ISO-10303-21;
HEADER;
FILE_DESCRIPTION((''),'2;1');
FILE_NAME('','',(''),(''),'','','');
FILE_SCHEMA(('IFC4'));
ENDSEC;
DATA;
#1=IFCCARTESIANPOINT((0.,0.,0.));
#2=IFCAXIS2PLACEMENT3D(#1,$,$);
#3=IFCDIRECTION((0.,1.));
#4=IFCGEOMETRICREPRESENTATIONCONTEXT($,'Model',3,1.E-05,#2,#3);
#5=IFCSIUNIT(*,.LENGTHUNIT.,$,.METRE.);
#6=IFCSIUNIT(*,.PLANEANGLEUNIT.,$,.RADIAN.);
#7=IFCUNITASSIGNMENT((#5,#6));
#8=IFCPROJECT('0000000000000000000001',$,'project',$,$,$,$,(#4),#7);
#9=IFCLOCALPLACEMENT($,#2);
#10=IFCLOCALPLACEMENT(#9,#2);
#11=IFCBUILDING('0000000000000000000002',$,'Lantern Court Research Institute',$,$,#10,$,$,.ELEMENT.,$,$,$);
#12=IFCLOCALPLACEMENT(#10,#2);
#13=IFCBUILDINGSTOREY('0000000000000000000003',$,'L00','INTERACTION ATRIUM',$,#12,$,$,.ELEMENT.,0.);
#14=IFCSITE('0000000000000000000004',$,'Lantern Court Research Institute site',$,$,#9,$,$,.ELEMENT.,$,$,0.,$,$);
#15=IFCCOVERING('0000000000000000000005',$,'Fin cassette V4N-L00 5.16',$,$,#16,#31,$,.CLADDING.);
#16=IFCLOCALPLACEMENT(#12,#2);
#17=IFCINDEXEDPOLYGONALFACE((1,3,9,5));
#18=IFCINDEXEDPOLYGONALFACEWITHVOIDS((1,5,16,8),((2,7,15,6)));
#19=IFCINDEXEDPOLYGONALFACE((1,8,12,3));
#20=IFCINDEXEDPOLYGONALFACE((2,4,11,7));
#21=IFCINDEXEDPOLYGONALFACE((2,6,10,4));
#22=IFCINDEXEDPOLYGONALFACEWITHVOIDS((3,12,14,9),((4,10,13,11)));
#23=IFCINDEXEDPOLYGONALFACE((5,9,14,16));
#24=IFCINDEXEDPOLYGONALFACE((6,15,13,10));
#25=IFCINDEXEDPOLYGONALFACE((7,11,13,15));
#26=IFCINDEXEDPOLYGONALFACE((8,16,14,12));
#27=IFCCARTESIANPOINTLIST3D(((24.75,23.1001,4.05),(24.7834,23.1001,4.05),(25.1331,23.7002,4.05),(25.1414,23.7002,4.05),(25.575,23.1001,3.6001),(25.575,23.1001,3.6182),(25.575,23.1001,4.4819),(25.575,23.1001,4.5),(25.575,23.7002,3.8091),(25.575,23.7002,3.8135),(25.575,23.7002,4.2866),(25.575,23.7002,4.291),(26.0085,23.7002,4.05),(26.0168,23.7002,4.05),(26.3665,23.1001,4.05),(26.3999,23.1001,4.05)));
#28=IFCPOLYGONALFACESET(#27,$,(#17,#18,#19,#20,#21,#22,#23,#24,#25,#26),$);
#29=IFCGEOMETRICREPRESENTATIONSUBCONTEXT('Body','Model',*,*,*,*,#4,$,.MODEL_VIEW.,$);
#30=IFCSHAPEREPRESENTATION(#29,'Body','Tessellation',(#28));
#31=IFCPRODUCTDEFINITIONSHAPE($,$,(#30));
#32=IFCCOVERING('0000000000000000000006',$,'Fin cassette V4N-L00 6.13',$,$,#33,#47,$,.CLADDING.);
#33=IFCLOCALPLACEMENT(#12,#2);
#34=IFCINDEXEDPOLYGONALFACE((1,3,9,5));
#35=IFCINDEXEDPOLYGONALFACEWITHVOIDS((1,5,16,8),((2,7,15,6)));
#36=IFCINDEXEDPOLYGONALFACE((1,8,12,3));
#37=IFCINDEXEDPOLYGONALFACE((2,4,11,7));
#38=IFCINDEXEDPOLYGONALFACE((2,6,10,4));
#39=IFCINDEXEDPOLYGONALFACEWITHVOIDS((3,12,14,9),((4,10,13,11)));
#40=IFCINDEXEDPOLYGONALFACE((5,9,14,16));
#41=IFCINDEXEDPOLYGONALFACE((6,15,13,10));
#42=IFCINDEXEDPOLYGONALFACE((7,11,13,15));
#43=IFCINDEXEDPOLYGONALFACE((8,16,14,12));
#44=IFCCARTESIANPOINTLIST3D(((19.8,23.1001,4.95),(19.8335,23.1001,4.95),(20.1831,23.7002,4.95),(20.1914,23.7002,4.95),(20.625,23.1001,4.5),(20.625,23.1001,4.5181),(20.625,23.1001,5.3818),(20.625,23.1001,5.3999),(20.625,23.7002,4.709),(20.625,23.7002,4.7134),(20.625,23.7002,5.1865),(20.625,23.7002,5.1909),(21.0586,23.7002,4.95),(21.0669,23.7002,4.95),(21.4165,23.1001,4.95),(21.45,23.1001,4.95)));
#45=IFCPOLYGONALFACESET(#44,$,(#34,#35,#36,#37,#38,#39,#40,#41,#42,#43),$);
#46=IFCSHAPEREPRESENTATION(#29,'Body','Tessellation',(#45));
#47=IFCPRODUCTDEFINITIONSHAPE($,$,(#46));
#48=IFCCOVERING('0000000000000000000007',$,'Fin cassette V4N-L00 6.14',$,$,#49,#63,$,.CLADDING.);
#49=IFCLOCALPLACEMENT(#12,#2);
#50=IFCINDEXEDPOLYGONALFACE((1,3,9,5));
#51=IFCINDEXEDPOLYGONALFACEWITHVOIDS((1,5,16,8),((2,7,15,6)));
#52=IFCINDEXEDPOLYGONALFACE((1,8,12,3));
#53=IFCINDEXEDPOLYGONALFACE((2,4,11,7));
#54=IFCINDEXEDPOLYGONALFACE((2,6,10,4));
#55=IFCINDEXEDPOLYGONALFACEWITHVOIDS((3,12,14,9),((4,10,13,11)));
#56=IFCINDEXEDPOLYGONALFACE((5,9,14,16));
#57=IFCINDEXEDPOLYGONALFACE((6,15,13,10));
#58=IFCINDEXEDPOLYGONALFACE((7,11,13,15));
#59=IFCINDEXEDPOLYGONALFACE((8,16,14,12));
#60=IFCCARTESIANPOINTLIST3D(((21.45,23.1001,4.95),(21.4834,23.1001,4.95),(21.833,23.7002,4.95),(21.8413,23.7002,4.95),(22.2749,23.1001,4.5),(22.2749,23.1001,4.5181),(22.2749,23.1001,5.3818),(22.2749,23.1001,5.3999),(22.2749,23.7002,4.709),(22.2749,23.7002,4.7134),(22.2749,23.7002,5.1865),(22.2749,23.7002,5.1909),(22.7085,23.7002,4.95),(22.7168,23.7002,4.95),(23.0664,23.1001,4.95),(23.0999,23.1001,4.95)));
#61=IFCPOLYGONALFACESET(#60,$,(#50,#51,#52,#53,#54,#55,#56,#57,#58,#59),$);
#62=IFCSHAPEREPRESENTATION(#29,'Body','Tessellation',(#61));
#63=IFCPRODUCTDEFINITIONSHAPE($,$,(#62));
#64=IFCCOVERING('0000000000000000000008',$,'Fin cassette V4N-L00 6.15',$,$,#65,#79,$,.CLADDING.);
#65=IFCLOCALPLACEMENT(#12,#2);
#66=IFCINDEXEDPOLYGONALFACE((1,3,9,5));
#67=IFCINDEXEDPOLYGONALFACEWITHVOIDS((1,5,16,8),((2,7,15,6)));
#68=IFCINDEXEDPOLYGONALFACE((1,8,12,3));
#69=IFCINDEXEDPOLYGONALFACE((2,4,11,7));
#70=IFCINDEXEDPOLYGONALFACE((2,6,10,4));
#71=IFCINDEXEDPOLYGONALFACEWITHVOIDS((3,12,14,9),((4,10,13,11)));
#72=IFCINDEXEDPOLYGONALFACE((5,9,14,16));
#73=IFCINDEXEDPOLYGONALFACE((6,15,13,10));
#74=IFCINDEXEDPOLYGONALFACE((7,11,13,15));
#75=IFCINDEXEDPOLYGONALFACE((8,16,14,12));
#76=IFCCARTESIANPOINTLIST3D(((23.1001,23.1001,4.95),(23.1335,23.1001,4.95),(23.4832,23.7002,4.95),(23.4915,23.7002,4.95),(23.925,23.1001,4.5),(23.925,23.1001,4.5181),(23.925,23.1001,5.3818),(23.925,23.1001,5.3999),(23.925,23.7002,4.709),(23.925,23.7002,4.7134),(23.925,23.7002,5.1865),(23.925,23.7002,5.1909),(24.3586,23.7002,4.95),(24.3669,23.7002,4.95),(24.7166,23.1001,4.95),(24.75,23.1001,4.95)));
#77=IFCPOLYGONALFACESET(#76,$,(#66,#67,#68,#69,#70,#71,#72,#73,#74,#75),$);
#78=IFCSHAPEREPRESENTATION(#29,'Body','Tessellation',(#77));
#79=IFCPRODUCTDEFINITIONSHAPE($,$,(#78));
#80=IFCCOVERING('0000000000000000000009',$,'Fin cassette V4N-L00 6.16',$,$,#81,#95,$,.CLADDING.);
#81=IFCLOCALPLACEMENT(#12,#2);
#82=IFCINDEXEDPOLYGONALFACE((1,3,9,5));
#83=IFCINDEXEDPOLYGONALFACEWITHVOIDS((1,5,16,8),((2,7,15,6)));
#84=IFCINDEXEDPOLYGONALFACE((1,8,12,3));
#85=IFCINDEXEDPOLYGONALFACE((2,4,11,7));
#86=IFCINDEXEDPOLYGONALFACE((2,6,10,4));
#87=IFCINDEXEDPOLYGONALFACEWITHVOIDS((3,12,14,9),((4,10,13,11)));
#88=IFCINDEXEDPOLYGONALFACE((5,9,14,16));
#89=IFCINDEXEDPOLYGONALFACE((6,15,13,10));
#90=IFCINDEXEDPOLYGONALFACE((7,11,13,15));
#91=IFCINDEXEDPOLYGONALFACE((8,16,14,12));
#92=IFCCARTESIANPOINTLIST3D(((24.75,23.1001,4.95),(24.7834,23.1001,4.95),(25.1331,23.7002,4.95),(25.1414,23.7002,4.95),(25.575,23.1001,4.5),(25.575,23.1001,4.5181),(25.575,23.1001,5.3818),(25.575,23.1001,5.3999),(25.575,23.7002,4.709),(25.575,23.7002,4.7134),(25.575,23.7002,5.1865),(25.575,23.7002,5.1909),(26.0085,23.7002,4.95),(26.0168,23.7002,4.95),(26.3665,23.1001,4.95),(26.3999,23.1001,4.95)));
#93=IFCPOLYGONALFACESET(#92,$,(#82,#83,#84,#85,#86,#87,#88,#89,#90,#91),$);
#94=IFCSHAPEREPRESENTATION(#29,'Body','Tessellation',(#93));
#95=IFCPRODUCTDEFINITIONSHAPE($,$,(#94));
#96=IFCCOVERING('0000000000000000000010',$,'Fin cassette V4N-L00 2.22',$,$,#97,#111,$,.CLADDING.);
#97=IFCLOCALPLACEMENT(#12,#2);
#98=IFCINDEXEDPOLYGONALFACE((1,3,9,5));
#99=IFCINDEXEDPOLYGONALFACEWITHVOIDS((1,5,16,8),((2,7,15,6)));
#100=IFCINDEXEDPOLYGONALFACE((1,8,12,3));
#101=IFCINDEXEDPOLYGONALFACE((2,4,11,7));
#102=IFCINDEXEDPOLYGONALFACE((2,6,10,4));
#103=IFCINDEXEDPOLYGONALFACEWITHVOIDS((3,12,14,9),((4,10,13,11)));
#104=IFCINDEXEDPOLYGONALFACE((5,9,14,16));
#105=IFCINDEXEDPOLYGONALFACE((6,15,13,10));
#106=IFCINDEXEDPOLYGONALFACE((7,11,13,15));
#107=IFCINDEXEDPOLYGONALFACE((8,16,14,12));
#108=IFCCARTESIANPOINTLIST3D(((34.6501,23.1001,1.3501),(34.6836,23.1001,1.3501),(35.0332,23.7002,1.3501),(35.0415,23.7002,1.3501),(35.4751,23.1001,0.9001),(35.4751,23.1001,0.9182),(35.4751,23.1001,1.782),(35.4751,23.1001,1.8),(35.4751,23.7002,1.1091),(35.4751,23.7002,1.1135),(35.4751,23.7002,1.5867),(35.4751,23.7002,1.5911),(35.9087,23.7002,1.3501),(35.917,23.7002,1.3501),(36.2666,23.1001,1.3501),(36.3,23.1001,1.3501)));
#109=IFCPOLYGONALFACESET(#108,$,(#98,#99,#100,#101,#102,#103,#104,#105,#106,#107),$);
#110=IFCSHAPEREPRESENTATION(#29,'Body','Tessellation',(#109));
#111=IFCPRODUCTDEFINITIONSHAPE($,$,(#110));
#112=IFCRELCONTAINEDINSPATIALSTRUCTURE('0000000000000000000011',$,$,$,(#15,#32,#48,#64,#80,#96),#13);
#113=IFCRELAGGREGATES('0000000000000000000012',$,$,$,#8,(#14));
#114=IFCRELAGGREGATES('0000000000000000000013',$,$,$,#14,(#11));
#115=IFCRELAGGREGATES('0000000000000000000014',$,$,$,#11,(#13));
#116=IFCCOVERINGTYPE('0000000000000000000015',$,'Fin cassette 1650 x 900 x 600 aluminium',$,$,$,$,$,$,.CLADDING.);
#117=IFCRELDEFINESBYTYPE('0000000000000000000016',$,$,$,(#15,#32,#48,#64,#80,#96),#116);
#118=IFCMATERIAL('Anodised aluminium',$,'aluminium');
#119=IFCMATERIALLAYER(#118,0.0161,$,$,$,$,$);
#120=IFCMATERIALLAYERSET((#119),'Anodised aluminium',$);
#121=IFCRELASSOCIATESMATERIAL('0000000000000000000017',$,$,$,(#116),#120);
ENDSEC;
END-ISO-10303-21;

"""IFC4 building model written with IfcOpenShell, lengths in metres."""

from ifc_helpers import new_model, entity, si_unit, direction, frame, origin, place, context, subcontext, project, spatial, material, layer, layer_set, type_object, element, save


model = new_model("IFC4")

# Units and contexts
model_context = context("Model", 3, precision=1e-05, world=origin(), true_north=direction((0.0, 1.0)))
body_context = subcontext(model_context, "Body", "Model", "MODEL_VIEW")
ifc_project = project(units=[si_unit("LENGTHUNIT", "METRE"), si_unit("PLANEANGLEUNIT", "RADIAN")], contexts=[model_context])

# Site, building, storey
site_placement = place(None, origin())
site = spatial("IfcSite", under=ifc_project, at=site_placement, Name="Lantern Court Research Institute site", CompositionType="ELEMENT", RefElevation=0.0)
building_placement = place(site_placement, origin())
building = spatial("IfcBuilding", under=site, at=building_placement, Name="Lantern Court Research Institute", CompositionType="ELEMENT")
storey_placement = place(building_placement, origin())
storey = spatial("IfcBuildingStorey", under=building, at=storey_placement, Name="L00", Description="INTERACTION ATRIUM", CompositionType="ELEMENT", Elevation=0.0)

# Coverings
ifc_material_1 = material(Name="Anodised aluminium", Category="aluminium")
ifc_layer_1 = layer(ifc_material_1, 0.0161)
ifc_layer_set_1 = layer_set([ifc_layer_1], Name="Anodised aluminium")
covering_type = type_object("IfcCoveringType", Name="Fin cassette 1650 x 900 x 600 aluminium", PredefinedType="CLADDING", material=ifc_layer_set_1)
covering_1_placement = place(storey_placement, frame((25.575, 23.1001, 4.05), z_axis=(0.0, 1.0, 0.0), x_axis=(-1.0, 0.0, 0.0)))
cartesian_point_1 = entity("IfcCartesianPoint", [0.825, 0.0])
cartesian_point_2 = entity("IfcCartesianPoint", [0.7915, 0.0])
cartesian_point_3 = entity("IfcCartesianPoint", [0.4419, 0.0])
cartesian_point_4 = entity("IfcCartesianPoint", [0.4336, 0.0])
element("IfcCovering", 1, at=covering_1_placement, inside=storey, type_object=covering_type, Name="Fin cassette V4N-L00 5.16", PredefinedType="CLADDING", context=body_context, shape_type="SweptSolid", body=[
    entity("IfcExtrudedAreaSolidTapered", entity("IfcArbitraryProfileDefWithVoids", "AREA", None, entity("IfcPolyline", [cartesian_point_1, entity("IfcCartesianPoint", [0.0, 0.45]), entity("IfcCartesianPoint", [-0.825, 0.0]), entity("IfcCartesianPoint", [0.0, -0.45]), cartesian_point_1]), [entity("IfcPolyline", [cartesian_point_2, entity("IfcCartesianPoint", [0.0, 0.4319]), entity("IfcCartesianPoint", [-0.7915, 0.0]), entity("IfcCartesianPoint", [0.0, -0.4319]), cartesian_point_2])]), entity("IfcAxis2Placement3D", entity("IfcCartesianPoint", [0.0, 0.0, 0.0])), entity("IfcDirection", [0.0, 0.0, 1.0]), 0.6001, entity("IfcArbitraryProfileDefWithVoids", "AREA", None, entity("IfcPolyline", [cartesian_point_3, entity("IfcCartesianPoint", [0.0, 0.241]), entity("IfcCartesianPoint", [-0.4419, 0.0]), entity("IfcCartesianPoint", [0.0, -0.241]), cartesian_point_3]), [entity("IfcPolyline", [cartesian_point_4, entity("IfcCartesianPoint", [0.0, 0.2366]), entity("IfcCartesianPoint", [-0.4336, 0.0]), entity("IfcCartesianPoint", [0.0, -0.2366]), cartesian_point_4])])),
])
covering_2_placement = place(storey_placement, frame((20.625, 23.1001, 4.95), z_axis=(0.0, 1.0, 0.0), x_axis=(-1.0, 0.0, 0.0)))
cartesian_point_5 = entity("IfcCartesianPoint", [0.825, 0.0])
cartesian_point_6 = entity("IfcCartesianPoint", [0.7915, 0.0])
cartesian_point_7 = entity("IfcCartesianPoint", [0.4419, 0.0])
cartesian_point_8 = entity("IfcCartesianPoint", [0.4336, 0.0])
element("IfcCovering", 2, at=covering_2_placement, inside=storey, type_object=covering_type, Name="Fin cassette V4N-L00 6.13", PredefinedType="CLADDING", context=body_context, shape_type="SweptSolid", body=[
    entity("IfcExtrudedAreaSolidTapered", entity("IfcArbitraryProfileDefWithVoids", "AREA", None, entity("IfcPolyline", [cartesian_point_5, entity("IfcCartesianPoint", [0.0, 0.45]), entity("IfcCartesianPoint", [-0.825, 0.0]), entity("IfcCartesianPoint", [0.0, -0.45]), cartesian_point_5]), [entity("IfcPolyline", [cartesian_point_6, entity("IfcCartesianPoint", [0.0, 0.4319]), entity("IfcCartesianPoint", [-0.7915, 0.0]), entity("IfcCartesianPoint", [0.0, -0.4319]), cartesian_point_6])]), entity("IfcAxis2Placement3D", entity("IfcCartesianPoint", [0.0, 0.0, 0.0])), entity("IfcDirection", [0.0, 0.0, 1.0]), 0.6001, entity("IfcArbitraryProfileDefWithVoids", "AREA", None, entity("IfcPolyline", [cartesian_point_7, entity("IfcCartesianPoint", [0.0, 0.241]), entity("IfcCartesianPoint", [-0.4419, 0.0]), entity("IfcCartesianPoint", [0.0, -0.241]), cartesian_point_7]), [entity("IfcPolyline", [cartesian_point_8, entity("IfcCartesianPoint", [0.0, 0.2366]), entity("IfcCartesianPoint", [-0.4336, 0.0]), entity("IfcCartesianPoint", [0.0, -0.2366]), cartesian_point_8])])),
])
covering_3_placement = place(storey_placement, frame((22.2749, 23.1001, 4.95), z_axis=(0.0, 1.0, 0.0), x_axis=(-1.0, 0.0, 0.0)))
cartesian_point_9 = entity("IfcCartesianPoint", [0.825, 0.0])
cartesian_point_10 = entity("IfcCartesianPoint", [0.7915, 0.0])
cartesian_point_11 = entity("IfcCartesianPoint", [0.4419, 0.0])
cartesian_point_12 = entity("IfcCartesianPoint", [0.4336, 0.0])
element("IfcCovering", 3, at=covering_3_placement, inside=storey, type_object=covering_type, Name="Fin cassette V4N-L00 6.14", PredefinedType="CLADDING", context=body_context, shape_type="SweptSolid", body=[
    entity("IfcExtrudedAreaSolidTapered", entity("IfcArbitraryProfileDefWithVoids", "AREA", None, entity("IfcPolyline", [cartesian_point_9, entity("IfcCartesianPoint", [0.0, 0.45]), entity("IfcCartesianPoint", [-0.825, 0.0]), entity("IfcCartesianPoint", [0.0, -0.45]), cartesian_point_9]), [entity("IfcPolyline", [cartesian_point_10, entity("IfcCartesianPoint", [0.0, 0.4319]), entity("IfcCartesianPoint", [-0.7915, 0.0]), entity("IfcCartesianPoint", [0.0, -0.4319]), cartesian_point_10])]), entity("IfcAxis2Placement3D", entity("IfcCartesianPoint", [0.0, 0.0, 0.0])), entity("IfcDirection", [0.0, 0.0, 1.0]), 0.6001, entity("IfcArbitraryProfileDefWithVoids", "AREA", None, entity("IfcPolyline", [cartesian_point_11, entity("IfcCartesianPoint", [0.0, 0.241]), entity("IfcCartesianPoint", [-0.4419, 0.0]), entity("IfcCartesianPoint", [0.0, -0.241]), cartesian_point_11]), [entity("IfcPolyline", [cartesian_point_12, entity("IfcCartesianPoint", [0.0, 0.2366]), entity("IfcCartesianPoint", [-0.4336, 0.0]), entity("IfcCartesianPoint", [0.0, -0.2366]), cartesian_point_12])])),
])
covering_4_placement = place(storey_placement, frame((23.925, 23.1001, 4.95), z_axis=(0.0, 1.0, 0.0), x_axis=(-1.0, 0.0, 0.0)))
cartesian_point_13 = entity("IfcCartesianPoint", [0.825, 0.0])
cartesian_point_14 = entity("IfcCartesianPoint", [0.7915, 0.0])
cartesian_point_15 = entity("IfcCartesianPoint", [0.4419, 0.0])
cartesian_point_16 = entity("IfcCartesianPoint", [0.4336, 0.0])
element("IfcCovering", 4, at=covering_4_placement, inside=storey, type_object=covering_type, Name="Fin cassette V4N-L00 6.15", PredefinedType="CLADDING", context=body_context, shape_type="SweptSolid", body=[
    entity("IfcExtrudedAreaSolidTapered", entity("IfcArbitraryProfileDefWithVoids", "AREA", None, entity("IfcPolyline", [cartesian_point_13, entity("IfcCartesianPoint", [0.0, 0.45]), entity("IfcCartesianPoint", [-0.825, 0.0]), entity("IfcCartesianPoint", [0.0, -0.45]), cartesian_point_13]), [entity("IfcPolyline", [cartesian_point_14, entity("IfcCartesianPoint", [0.0, 0.4319]), entity("IfcCartesianPoint", [-0.7915, 0.0]), entity("IfcCartesianPoint", [0.0, -0.4319]), cartesian_point_14])]), entity("IfcAxis2Placement3D", entity("IfcCartesianPoint", [0.0, 0.0, 0.0])), entity("IfcDirection", [0.0, 0.0, 1.0]), 0.6001, entity("IfcArbitraryProfileDefWithVoids", "AREA", None, entity("IfcPolyline", [cartesian_point_15, entity("IfcCartesianPoint", [0.0, 0.241]), entity("IfcCartesianPoint", [-0.4419, 0.0]), entity("IfcCartesianPoint", [0.0, -0.241]), cartesian_point_15]), [entity("IfcPolyline", [cartesian_point_16, entity("IfcCartesianPoint", [0.0, 0.2366]), entity("IfcCartesianPoint", [-0.4336, 0.0]), entity("IfcCartesianPoint", [0.0, -0.2366]), cartesian_point_16])])),
])
covering_5_placement = place(storey_placement, frame((25.575, 23.1001, 4.95), z_axis=(0.0, 1.0, 0.0), x_axis=(-1.0, 0.0, 0.0)))
cartesian_point_17 = entity("IfcCartesianPoint", [0.825, 0.0])
cartesian_point_18 = entity("IfcCartesianPoint", [0.7915, 0.0])
cartesian_point_19 = entity("IfcCartesianPoint", [0.4419, 0.0])
cartesian_point_20 = entity("IfcCartesianPoint", [0.4336, 0.0])
element("IfcCovering", 5, at=covering_5_placement, inside=storey, type_object=covering_type, Name="Fin cassette V4N-L00 6.16", PredefinedType="CLADDING", context=body_context, shape_type="SweptSolid", body=[
    entity("IfcExtrudedAreaSolidTapered", entity("IfcArbitraryProfileDefWithVoids", "AREA", None, entity("IfcPolyline", [cartesian_point_17, entity("IfcCartesianPoint", [0.0, 0.45]), entity("IfcCartesianPoint", [-0.825, 0.0]), entity("IfcCartesianPoint", [0.0, -0.45]), cartesian_point_17]), [entity("IfcPolyline", [cartesian_point_18, entity("IfcCartesianPoint", [0.0, 0.4319]), entity("IfcCartesianPoint", [-0.7915, 0.0]), entity("IfcCartesianPoint", [0.0, -0.4319]), cartesian_point_18])]), entity("IfcAxis2Placement3D", entity("IfcCartesianPoint", [0.0, 0.0, 0.0])), entity("IfcDirection", [0.0, 0.0, 1.0]), 0.6001, entity("IfcArbitraryProfileDefWithVoids", "AREA", None, entity("IfcPolyline", [cartesian_point_19, entity("IfcCartesianPoint", [0.0, 0.241]), entity("IfcCartesianPoint", [-0.4419, 0.0]), entity("IfcCartesianPoint", [0.0, -0.241]), cartesian_point_19]), [entity("IfcPolyline", [cartesian_point_20, entity("IfcCartesianPoint", [0.0, 0.2366]), entity("IfcCartesianPoint", [-0.4336, 0.0]), entity("IfcCartesianPoint", [0.0, -0.2366]), cartesian_point_20])])),
])
covering_6_placement = place(storey_placement, frame((35.4751, 23.1001, 1.3501), z_axis=(0.0, 1.0, 0.0), x_axis=(-1.0, 0.0, 0.0)))
cartesian_point_21 = entity("IfcCartesianPoint", [0.825, 0.0])
cartesian_point_22 = entity("IfcCartesianPoint", [0.7915, 0.0])
cartesian_point_23 = entity("IfcCartesianPoint", [0.4419, 0.0])
cartesian_point_24 = entity("IfcCartesianPoint", [0.4336, 0.0])
element("IfcCovering", 6, at=covering_6_placement, inside=storey, type_object=covering_type, Name="Fin cassette V4N-L00 2.22", PredefinedType="CLADDING", context=body_context, shape_type="SweptSolid", body=[
    entity("IfcExtrudedAreaSolidTapered", entity("IfcArbitraryProfileDefWithVoids", "AREA", None, entity("IfcPolyline", [cartesian_point_21, entity("IfcCartesianPoint", [0.0, 0.45]), entity("IfcCartesianPoint", [-0.825, 0.0]), entity("IfcCartesianPoint", [0.0, -0.45]), cartesian_point_21]), [entity("IfcPolyline", [cartesian_point_22, entity("IfcCartesianPoint", [0.0, 0.4319]), entity("IfcCartesianPoint", [-0.7915, 0.0]), entity("IfcCartesianPoint", [0.0, -0.4319]), cartesian_point_22])]), entity("IfcAxis2Placement3D", entity("IfcCartesianPoint", [0.0, 0.0, 0.0])), entity("IfcDirection", [0.0, 0.0, 1.0]), 0.6001, entity("IfcArbitraryProfileDefWithVoids", "AREA", None, entity("IfcPolyline", [cartesian_point_23, entity("IfcCartesianPoint", [0.0, 0.241]), entity("IfcCartesianPoint", [-0.4419, 0.0]), entity("IfcCartesianPoint", [0.0, -0.241]), cartesian_point_23]), [entity("IfcPolyline", [cartesian_point_24, entity("IfcCartesianPoint", [0.0, 0.2366]), entity("IfcCartesianPoint", [-0.4336, 0.0]), entity("IfcCartesianPoint", [0.0, -0.2366]), cartesian_point_24])])),
])

save(model, "model.ifc")
